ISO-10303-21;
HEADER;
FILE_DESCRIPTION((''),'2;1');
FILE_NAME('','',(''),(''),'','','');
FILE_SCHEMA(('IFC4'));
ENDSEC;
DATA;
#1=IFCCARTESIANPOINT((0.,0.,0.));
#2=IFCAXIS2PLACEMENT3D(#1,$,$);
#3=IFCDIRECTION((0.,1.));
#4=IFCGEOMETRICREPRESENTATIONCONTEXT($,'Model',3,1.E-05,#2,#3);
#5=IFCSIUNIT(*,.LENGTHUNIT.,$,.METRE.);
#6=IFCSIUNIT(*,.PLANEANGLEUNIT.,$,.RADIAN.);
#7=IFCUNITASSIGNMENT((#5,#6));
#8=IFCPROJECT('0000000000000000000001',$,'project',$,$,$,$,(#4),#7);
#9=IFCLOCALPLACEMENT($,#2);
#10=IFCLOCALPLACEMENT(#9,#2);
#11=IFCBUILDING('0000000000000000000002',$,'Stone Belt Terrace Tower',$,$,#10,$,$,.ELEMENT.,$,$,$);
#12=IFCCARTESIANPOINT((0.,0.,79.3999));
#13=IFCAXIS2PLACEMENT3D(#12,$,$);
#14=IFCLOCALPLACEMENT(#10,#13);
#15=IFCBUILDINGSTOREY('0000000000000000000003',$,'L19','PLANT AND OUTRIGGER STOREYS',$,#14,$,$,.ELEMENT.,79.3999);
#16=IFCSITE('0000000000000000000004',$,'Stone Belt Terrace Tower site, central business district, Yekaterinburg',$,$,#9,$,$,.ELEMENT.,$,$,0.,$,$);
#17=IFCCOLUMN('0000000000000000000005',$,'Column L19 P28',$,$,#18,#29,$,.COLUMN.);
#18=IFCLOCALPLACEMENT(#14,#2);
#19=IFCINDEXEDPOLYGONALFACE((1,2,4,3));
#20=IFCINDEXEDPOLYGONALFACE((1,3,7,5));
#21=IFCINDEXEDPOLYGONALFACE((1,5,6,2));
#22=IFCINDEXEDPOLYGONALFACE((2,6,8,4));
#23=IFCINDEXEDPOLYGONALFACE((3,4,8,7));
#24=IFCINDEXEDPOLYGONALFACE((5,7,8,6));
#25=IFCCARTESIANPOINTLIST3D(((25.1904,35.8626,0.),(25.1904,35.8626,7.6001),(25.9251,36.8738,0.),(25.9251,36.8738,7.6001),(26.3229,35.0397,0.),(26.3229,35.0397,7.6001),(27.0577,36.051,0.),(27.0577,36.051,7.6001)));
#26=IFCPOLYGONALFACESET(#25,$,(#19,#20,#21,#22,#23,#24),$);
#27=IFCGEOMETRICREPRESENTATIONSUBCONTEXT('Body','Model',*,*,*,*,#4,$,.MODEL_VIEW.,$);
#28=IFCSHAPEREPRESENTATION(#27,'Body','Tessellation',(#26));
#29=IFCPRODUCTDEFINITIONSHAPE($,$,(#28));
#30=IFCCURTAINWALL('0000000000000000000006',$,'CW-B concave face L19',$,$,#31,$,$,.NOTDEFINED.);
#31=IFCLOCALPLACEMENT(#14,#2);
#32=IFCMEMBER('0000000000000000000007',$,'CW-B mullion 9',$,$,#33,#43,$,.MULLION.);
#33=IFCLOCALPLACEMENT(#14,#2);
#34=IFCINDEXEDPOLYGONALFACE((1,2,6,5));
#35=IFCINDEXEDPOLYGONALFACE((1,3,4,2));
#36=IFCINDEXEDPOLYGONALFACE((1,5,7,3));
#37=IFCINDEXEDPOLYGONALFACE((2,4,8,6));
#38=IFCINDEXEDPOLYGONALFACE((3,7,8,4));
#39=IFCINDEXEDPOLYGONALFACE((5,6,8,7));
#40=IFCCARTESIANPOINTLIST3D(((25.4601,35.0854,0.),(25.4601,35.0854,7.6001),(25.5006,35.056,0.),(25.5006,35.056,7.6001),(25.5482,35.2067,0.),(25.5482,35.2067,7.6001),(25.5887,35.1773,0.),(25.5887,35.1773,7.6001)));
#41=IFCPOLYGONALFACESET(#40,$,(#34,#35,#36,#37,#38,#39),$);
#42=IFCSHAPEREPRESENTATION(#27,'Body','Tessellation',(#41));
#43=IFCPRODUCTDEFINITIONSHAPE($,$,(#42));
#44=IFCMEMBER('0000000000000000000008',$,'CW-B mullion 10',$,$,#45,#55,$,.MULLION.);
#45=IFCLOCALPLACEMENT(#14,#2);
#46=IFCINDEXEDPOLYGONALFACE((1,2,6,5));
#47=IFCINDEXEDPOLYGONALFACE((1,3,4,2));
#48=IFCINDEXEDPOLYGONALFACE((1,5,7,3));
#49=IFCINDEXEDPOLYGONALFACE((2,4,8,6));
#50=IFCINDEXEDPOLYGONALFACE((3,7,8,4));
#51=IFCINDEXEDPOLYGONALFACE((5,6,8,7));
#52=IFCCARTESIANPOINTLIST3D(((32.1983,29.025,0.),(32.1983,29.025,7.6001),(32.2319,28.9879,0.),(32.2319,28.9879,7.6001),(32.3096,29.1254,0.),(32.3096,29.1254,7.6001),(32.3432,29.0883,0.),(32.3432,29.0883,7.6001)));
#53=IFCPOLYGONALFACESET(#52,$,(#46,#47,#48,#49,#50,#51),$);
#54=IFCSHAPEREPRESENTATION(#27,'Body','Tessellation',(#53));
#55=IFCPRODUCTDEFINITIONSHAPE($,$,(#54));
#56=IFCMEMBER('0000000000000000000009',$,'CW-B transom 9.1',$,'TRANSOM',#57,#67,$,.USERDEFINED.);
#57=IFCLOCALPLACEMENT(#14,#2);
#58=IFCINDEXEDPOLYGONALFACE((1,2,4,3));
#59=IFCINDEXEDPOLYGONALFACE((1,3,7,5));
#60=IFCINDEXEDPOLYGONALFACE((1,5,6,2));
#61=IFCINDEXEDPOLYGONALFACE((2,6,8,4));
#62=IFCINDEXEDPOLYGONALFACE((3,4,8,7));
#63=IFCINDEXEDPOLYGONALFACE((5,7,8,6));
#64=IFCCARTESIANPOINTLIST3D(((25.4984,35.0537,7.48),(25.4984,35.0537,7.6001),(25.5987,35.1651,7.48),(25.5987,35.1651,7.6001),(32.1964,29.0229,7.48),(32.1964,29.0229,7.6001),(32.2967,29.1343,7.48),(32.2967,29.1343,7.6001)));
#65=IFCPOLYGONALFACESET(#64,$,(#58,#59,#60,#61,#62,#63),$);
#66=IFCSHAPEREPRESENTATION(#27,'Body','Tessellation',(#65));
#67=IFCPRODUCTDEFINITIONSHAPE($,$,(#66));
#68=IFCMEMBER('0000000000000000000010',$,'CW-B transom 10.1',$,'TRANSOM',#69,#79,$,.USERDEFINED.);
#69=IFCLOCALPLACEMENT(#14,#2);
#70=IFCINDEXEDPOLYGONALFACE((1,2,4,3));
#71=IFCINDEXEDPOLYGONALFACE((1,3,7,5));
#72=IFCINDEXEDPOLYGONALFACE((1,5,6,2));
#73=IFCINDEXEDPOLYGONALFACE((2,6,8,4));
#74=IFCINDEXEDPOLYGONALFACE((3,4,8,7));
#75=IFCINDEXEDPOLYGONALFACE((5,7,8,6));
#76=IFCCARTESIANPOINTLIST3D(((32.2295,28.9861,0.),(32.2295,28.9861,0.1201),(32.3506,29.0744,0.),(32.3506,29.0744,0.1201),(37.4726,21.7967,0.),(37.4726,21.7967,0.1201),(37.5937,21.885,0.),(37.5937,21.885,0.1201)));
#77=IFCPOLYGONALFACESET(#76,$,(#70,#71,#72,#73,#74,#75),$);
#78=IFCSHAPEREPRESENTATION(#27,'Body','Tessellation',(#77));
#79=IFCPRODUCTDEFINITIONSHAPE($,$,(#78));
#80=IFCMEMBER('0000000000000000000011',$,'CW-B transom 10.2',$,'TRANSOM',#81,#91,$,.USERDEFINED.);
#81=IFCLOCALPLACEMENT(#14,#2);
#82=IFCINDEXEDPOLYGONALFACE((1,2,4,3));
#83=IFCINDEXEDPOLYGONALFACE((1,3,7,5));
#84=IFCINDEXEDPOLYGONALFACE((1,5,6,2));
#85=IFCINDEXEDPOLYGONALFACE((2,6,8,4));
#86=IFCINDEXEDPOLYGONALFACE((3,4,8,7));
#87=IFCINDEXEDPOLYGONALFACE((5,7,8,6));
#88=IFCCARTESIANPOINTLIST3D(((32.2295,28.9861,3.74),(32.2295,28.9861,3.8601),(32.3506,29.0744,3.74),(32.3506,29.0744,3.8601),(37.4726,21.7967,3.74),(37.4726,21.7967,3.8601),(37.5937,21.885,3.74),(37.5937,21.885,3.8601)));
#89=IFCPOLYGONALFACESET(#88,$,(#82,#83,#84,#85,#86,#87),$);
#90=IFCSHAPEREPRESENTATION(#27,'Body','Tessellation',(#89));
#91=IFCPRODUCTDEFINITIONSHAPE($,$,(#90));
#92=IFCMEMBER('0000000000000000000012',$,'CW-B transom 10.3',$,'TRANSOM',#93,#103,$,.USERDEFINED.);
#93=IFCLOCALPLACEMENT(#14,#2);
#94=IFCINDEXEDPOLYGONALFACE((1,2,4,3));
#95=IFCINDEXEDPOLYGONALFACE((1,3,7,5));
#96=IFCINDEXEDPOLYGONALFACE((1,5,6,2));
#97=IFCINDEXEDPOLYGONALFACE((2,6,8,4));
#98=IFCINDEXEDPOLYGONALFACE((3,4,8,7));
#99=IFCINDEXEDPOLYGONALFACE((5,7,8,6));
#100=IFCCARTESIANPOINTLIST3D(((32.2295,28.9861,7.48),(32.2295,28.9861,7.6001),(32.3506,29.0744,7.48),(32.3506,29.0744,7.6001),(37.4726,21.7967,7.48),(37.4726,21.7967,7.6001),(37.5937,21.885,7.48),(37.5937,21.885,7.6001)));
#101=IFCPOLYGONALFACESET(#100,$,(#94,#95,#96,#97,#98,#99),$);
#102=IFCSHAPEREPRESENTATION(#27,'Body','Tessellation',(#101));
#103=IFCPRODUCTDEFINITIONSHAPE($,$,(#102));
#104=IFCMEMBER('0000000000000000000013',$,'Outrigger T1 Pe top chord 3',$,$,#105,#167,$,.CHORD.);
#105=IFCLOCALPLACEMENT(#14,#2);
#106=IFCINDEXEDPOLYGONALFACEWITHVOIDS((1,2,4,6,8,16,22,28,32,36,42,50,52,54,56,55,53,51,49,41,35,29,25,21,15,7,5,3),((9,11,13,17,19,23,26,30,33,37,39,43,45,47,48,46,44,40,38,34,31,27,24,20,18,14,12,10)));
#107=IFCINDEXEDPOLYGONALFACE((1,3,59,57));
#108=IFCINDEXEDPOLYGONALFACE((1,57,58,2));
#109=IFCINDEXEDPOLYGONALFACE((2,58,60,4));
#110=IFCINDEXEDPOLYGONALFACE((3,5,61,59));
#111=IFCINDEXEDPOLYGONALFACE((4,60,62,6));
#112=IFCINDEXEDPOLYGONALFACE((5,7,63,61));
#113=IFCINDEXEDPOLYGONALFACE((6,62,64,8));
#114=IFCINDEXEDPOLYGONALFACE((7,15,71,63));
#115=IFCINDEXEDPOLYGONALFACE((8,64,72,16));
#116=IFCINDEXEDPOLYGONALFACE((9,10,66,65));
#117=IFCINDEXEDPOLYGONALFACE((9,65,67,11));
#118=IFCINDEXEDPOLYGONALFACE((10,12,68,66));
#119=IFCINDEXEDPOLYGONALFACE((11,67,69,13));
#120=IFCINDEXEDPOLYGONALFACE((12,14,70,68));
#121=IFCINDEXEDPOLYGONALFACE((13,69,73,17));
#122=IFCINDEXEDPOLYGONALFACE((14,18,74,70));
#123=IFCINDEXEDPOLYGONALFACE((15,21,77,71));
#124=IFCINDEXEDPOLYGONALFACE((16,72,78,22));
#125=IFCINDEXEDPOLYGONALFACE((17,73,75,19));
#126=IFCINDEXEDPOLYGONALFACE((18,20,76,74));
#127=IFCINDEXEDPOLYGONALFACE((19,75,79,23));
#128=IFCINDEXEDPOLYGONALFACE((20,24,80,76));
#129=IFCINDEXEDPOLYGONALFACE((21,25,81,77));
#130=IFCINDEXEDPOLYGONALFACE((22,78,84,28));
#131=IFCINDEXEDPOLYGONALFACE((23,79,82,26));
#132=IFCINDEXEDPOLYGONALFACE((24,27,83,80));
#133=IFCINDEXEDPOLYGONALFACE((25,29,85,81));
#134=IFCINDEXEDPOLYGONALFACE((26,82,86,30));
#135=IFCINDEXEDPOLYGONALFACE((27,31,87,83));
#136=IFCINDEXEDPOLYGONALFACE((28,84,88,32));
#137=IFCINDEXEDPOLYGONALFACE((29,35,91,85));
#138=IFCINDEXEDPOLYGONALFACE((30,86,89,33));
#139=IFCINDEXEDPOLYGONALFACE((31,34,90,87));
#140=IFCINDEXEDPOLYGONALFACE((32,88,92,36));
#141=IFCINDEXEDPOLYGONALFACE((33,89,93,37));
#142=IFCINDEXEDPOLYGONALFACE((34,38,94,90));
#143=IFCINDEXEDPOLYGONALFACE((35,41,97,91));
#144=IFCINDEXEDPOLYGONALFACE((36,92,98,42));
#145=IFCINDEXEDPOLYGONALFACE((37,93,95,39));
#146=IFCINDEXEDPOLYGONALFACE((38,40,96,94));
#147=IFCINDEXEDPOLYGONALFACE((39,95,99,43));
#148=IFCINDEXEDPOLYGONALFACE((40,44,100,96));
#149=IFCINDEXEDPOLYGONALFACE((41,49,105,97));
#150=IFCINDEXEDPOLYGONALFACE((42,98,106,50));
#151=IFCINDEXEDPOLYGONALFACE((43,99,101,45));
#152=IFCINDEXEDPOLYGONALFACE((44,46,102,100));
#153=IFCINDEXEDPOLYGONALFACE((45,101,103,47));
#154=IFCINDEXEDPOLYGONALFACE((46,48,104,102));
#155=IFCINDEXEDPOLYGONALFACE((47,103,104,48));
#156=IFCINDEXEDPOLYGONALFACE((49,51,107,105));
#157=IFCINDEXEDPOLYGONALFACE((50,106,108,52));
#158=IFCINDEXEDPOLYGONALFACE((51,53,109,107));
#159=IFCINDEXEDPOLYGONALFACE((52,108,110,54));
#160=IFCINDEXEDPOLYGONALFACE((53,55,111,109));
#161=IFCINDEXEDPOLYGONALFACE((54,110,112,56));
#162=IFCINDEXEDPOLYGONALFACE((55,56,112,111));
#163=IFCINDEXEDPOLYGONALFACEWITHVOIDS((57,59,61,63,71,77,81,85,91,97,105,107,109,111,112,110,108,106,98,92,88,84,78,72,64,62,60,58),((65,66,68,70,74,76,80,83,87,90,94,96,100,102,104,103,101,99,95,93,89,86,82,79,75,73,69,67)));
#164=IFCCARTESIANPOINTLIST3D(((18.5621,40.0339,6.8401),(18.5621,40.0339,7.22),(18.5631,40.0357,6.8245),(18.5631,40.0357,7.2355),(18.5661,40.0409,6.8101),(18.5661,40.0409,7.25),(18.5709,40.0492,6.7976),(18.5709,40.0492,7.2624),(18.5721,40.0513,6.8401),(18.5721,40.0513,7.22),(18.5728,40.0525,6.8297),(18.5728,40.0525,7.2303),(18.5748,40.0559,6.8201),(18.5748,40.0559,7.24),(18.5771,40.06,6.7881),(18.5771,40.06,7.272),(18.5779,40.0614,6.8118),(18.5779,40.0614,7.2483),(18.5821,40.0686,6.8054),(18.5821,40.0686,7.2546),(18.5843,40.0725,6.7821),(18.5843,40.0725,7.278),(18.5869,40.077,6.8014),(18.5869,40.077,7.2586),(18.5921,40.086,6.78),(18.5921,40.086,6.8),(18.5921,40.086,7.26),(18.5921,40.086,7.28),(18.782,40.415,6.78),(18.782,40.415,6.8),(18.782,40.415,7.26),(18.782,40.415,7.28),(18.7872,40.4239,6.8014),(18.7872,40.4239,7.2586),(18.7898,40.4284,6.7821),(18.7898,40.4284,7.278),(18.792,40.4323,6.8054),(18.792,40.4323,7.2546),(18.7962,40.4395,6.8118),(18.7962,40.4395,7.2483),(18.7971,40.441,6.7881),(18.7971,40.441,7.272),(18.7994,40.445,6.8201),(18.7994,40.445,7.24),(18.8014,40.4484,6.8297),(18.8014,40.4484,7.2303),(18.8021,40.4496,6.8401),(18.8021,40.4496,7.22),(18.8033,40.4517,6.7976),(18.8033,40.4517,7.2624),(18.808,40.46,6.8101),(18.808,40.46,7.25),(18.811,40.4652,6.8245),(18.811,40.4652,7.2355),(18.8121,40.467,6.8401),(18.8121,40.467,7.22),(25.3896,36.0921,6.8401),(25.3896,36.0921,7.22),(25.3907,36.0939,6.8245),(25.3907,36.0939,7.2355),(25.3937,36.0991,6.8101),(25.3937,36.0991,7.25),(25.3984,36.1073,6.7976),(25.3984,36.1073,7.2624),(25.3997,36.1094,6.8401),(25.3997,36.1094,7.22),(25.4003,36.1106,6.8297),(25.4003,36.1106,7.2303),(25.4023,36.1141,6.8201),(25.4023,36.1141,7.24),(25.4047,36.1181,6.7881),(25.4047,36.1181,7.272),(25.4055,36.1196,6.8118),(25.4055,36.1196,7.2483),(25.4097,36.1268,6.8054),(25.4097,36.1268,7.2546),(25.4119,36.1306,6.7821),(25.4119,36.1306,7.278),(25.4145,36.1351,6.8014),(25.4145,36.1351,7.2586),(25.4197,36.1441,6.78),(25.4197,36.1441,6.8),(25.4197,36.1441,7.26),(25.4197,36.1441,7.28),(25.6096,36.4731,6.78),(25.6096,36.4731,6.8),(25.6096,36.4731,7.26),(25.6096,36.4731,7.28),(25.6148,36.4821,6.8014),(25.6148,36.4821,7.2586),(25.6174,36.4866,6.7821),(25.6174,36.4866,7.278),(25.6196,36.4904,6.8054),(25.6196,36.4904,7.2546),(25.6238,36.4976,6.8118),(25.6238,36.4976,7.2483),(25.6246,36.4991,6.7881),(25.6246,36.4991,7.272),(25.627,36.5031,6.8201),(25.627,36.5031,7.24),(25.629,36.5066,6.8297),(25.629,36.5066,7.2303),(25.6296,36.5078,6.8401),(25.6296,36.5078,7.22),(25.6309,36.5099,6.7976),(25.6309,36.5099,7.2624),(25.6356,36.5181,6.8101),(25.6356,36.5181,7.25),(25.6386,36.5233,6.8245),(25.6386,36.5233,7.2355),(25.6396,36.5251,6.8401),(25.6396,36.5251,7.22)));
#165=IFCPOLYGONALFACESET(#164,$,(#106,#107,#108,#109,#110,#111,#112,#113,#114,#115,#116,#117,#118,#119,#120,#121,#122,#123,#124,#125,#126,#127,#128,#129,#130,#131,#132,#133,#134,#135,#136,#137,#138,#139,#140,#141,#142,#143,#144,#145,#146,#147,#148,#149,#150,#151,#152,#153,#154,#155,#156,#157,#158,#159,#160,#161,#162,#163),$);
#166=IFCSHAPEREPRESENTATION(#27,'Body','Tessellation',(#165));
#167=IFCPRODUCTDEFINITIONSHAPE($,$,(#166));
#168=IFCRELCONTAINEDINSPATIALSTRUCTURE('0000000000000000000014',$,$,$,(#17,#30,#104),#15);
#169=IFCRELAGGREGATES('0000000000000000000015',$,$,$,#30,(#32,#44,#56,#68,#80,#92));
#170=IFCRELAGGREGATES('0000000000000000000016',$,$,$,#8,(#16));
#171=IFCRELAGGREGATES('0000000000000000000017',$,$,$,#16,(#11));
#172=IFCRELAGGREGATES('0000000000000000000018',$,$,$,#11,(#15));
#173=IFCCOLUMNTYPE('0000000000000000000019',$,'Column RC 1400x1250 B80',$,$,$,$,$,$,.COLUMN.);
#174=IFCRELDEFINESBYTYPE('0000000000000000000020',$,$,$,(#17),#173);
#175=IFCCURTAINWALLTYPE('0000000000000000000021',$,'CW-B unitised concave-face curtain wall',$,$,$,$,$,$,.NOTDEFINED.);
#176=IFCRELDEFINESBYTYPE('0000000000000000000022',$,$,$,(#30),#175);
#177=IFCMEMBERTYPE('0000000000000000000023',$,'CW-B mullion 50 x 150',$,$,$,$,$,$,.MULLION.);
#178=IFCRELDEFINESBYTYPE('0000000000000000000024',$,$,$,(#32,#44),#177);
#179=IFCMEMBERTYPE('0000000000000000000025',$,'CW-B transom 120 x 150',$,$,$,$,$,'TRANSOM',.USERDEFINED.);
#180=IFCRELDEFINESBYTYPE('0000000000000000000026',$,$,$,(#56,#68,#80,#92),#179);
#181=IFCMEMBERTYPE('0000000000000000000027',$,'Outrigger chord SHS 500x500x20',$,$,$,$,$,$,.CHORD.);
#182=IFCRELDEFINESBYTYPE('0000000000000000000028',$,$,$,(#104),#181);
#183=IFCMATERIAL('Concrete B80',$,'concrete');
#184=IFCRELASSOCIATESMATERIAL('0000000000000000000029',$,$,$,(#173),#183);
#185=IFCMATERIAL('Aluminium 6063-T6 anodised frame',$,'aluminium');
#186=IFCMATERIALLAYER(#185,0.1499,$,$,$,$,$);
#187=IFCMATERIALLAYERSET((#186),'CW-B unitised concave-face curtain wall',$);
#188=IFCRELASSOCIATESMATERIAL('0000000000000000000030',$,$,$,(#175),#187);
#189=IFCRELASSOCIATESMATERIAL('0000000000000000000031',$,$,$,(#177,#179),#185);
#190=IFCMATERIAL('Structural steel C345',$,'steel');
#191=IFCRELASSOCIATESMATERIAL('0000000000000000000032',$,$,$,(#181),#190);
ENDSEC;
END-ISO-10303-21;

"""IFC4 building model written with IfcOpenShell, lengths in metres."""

from ifc_helpers import new_model, si_unit, direction, frame, origin, origin_2d, place, context, subcontext, project, spatial, rectangle, hollow_rectangle, extrude, material, layer, layer_set, material_profile, profile_set, type_object, element, aggregate, save


model = new_model("IFC4")

# Units and contexts
model_context = context("Model", 3, precision=1e-05, world=origin(), true_north=direction((0.0, 1.0)))
body_context = subcontext(model_context, "Body", "Model", "MODEL_VIEW")
ifc_project = project(units=[si_unit("LENGTHUNIT", "METRE"), si_unit("PLANEANGLEUNIT", "RADIAN")], contexts=[model_context])

# Site, building, storey
site_placement = place(None, origin())
site = spatial("IfcSite", under=ifc_project, at=site_placement, Name="Stone Belt Terrace Tower site, central business district, Yekaterinburg", CompositionType="ELEMENT", RefElevation=0.0)
building_placement = place(site_placement, origin())
building = spatial("IfcBuilding", under=site, at=building_placement, Name="Stone Belt Terrace Tower", CompositionType="ELEMENT")
storey_placement = place(building_placement, frame((0.0, 0.0, 79.3999)))
storey = spatial("IfcBuildingStorey", under=building, at=storey_placement, Name="L19", Description="PLANT AND OUTRIGGER STOREYS", CompositionType="ELEMENT", Elevation=79.3999)

# Column
ifc_material_1 = material(Name="Concrete B80", Category="concrete")
ifc_material_profile_1 = material_profile(ifc_material_1, rectangle(XDim=1.3999, YDim=1.25, at=origin_2d()), Name="RC 1400x1250")
ifc_profile_set_1 = profile_set([ifc_material_profile_1], Name="Concrete B80")
column_type = type_object("IfcColumnType", Name="Column RC 1400x1250 B80", PredefinedType="COLUMN", material=ifc_profile_set_1)
column_placement = place(storey_placement, frame((26.124, 35.9568, 0.0), z_axis=(0.0, 0.0, 1.0), x_axis=(0.809017, -0.587785, 0.0)))
element("IfcColumn", 1, at=column_placement, inside=storey, type_object=column_type, Name="Column L19 P28", PredefinedType="COLUMN", context=body_context, shape_type="SweptSolid", body=[
    extrude(rectangle(XDim=1.3999, YDim=1.25, at=origin_2d()), origin(), (0.0, 0.0, 1.0), 7.6001),
])

# Curtain wall, members
ifc_material_2 = material(Name="Aluminium 6063-T6 anodised frame", Category="aluminium")
ifc_layer_1 = layer(ifc_material_2, 0.1499)
ifc_layer_set_1 = layer_set([ifc_layer_1], Name="CW-B unitised concave-face curtain wall")
curtain_wall_type = type_object("IfcCurtainWallType", Name="CW-B unitised concave-face curtain wall", PredefinedType="NOTDEFINED", material=ifc_layer_set_1)
curtain_wall_placement = place(storey_placement, origin())
curtain_wall = element("IfcCurtainWall", 2, at=curtain_wall_placement, inside=storey, type_object=curtain_wall_type, Name="CW-B concave face L19", PredefinedType="NOTDEFINED")
ifc_material_profile_2 = material_profile(ifc_material_2, rectangle(XDim=0.1499, YDim=0.05, at=origin_2d()), Name="Aluminium 6063-T6 50x150")
ifc_profile_set_2 = profile_set([ifc_material_profile_2], Name="Aluminium 6063-T6 anodised frame")
member_type_1 = type_object("IfcMemberType", Name="CW-B mullion 50 x 150", PredefinedType="MULLION", material=ifc_profile_set_2)
member_1_placement = place(storey_placement, frame((25.5244, 35.1313, 0.0), z_axis=(0.0, 0.0, 1.0), x_axis=(0.587785, 0.809017, 0.0)))
member_1 = element("IfcMember", 3, at=member_1_placement, type_object=member_type_1, Name="CW-B mullion 9", PredefinedType="MULLION", context=body_context, shape_type="SweptSolid", body=[
    extrude(rectangle(XDim=0.1499, YDim=0.05, at=origin_2d()), origin(), (0.0, 0.0, 1.0), 7.6001),
])
member_2_placement = place(storey_placement, frame((32.2708, 29.0566, 0.0), z_axis=(0.0, 0.0, 1.0), x_axis=(0.742549, 0.669792, 0.0)))
member_2 = element("IfcMember", 4, at=member_2_placement, type_object=member_type_1, Name="CW-B mullion 10", PredefinedType="MULLION", context=body_context, shape_type="SweptSolid", body=[
    extrude(rectangle(XDim=0.1499, YDim=0.05, at=origin_2d()), origin(), (0.0, 0.0, 1.0), 7.6001),
])
ifc_material_profile_3 = material_profile(ifc_material_2, rectangle(XDim=0.1499, YDim=0.1201, at=origin_2d()), Name="Aluminium 6063-T6 150x120")
ifc_profile_set_3 = profile_set([ifc_material_profile_3], Name="Aluminium 6063-T6 anodised frame")
member_type_2 = type_object("IfcMemberType", Name="CW-B transom 120 x 150", ElementType="TRANSOM", PredefinedType="USERDEFINED", material=ifc_profile_set_3)
member_3_placement = place(storey_placement, frame((25.5486, 35.1094, 7.54), z_axis=(0.743153, -0.669122, 0.0), x_axis=(0.669122, 0.743153, 0.0)))
member_3 = element("IfcMember", 5, at=member_3_placement, type_object=member_type_2, Name="CW-B transom 9.1", ObjectType="TRANSOM", PredefinedType="USERDEFINED", context=body_context, shape_type="SweptSolid", body=[
    extrude(rectangle(XDim=0.1499, YDim=0.1201, at=origin_2d()), origin(), (0.0, 0.0, 1.0), 9.0129),
])
member_4_placement = place(storey_placement, frame((32.29, 29.0303, 0.0601), z_axis=(0.589235, -0.807962, 0.0), x_axis=(0.807962, 0.589235, 0.0)))
member_4 = element("IfcMember", 6, at=member_4_placement, type_object=member_type_2, Name="CW-B transom 10.1", ObjectType="TRANSOM", PredefinedType="USERDEFINED", context=body_context, shape_type="SweptSolid", body=[
    extrude(rectangle(XDim=0.1499, YDim=0.1201, at=origin_2d()), origin(), (0.0, 0.0, 1.0), 8.8982),
])
member_5_placement = place(storey_placement, frame((32.29, 29.0303, 3.8), z_axis=(0.589235, -0.807962, 0.0), x_axis=(0.807962, 0.589235, 0.0)))
member_5 = element("IfcMember", 7, at=member_5_placement, type_object=member_type_2, Name="CW-B transom 10.2", ObjectType="TRANSOM", PredefinedType="USERDEFINED", context=body_context, shape_type="SweptSolid", body=[
    extrude(rectangle(XDim=0.1499, YDim=0.1201, at=origin_2d()), origin(), (0.0, 0.0, 1.0), 8.8982),
])
member_6_placement = place(storey_placement, frame((32.29, 29.0303, 7.54), z_axis=(0.589235, -0.807962, 0.0), x_axis=(0.807962, 0.589235, 0.0)))
member_6 = element("IfcMember", 8, at=member_6_placement, type_object=member_type_2, Name="CW-B transom 10.3", ObjectType="TRANSOM", PredefinedType="USERDEFINED", context=body_context, shape_type="SweptSolid", body=[
    extrude(rectangle(XDim=0.1499, YDim=0.1201, at=origin_2d()), origin(), (0.0, 0.0, 1.0), 8.8982),
])

# Member
ifc_material_3 = material(Name="Structural steel C345", Category="steel")
ifc_material_profile_4 = material_profile(ifc_material_3, hollow_rectangle(XDim=0.5, YDim=0.5, WallThickness=0.02, InnerFilletRadius=0.04, OuterFilletRadius=0.0601, at=origin_2d()), Name="SHS 500x500x20")
ifc_profile_set_4 = profile_set([ifc_material_profile_4], Name="Structural steel C345")
member_type_3 = type_object("IfcMemberType", Name="Outrigger chord SHS 500x500x20", PredefinedType="CHORD", material=ifc_profile_set_4)
for number, where, z_axis, x_axis, name in (
    (9, (25.5146, 36.3086, 7.03), (-0.866028, 0.499996, 0.0), (-0.499996, -0.866028, 0.0), "Outrigger T1 Pe top chord 3"),
):
    element("IfcMember", number, at=place(storey_placement, frame(where, z_axis=z_axis, x_axis=x_axis)), inside=storey, type_object=member_type_3, Name=name, PredefinedType="CHORD", context=body_context, shape_type="SweptSolid", body=[
        extrude(hollow_rectangle(XDim=0.5, YDim=0.5, WallThickness=0.02, InnerFilletRadius=0.04, OuterFilletRadius=0.0601, at=origin_2d()), origin(), (0.0, 0.0, 1.0), 7.8838),
    ])

aggregate(curtain_wall, [member_1, member_2, member_3, member_4, member_5, member_6])

save(model, "model.ifc")
